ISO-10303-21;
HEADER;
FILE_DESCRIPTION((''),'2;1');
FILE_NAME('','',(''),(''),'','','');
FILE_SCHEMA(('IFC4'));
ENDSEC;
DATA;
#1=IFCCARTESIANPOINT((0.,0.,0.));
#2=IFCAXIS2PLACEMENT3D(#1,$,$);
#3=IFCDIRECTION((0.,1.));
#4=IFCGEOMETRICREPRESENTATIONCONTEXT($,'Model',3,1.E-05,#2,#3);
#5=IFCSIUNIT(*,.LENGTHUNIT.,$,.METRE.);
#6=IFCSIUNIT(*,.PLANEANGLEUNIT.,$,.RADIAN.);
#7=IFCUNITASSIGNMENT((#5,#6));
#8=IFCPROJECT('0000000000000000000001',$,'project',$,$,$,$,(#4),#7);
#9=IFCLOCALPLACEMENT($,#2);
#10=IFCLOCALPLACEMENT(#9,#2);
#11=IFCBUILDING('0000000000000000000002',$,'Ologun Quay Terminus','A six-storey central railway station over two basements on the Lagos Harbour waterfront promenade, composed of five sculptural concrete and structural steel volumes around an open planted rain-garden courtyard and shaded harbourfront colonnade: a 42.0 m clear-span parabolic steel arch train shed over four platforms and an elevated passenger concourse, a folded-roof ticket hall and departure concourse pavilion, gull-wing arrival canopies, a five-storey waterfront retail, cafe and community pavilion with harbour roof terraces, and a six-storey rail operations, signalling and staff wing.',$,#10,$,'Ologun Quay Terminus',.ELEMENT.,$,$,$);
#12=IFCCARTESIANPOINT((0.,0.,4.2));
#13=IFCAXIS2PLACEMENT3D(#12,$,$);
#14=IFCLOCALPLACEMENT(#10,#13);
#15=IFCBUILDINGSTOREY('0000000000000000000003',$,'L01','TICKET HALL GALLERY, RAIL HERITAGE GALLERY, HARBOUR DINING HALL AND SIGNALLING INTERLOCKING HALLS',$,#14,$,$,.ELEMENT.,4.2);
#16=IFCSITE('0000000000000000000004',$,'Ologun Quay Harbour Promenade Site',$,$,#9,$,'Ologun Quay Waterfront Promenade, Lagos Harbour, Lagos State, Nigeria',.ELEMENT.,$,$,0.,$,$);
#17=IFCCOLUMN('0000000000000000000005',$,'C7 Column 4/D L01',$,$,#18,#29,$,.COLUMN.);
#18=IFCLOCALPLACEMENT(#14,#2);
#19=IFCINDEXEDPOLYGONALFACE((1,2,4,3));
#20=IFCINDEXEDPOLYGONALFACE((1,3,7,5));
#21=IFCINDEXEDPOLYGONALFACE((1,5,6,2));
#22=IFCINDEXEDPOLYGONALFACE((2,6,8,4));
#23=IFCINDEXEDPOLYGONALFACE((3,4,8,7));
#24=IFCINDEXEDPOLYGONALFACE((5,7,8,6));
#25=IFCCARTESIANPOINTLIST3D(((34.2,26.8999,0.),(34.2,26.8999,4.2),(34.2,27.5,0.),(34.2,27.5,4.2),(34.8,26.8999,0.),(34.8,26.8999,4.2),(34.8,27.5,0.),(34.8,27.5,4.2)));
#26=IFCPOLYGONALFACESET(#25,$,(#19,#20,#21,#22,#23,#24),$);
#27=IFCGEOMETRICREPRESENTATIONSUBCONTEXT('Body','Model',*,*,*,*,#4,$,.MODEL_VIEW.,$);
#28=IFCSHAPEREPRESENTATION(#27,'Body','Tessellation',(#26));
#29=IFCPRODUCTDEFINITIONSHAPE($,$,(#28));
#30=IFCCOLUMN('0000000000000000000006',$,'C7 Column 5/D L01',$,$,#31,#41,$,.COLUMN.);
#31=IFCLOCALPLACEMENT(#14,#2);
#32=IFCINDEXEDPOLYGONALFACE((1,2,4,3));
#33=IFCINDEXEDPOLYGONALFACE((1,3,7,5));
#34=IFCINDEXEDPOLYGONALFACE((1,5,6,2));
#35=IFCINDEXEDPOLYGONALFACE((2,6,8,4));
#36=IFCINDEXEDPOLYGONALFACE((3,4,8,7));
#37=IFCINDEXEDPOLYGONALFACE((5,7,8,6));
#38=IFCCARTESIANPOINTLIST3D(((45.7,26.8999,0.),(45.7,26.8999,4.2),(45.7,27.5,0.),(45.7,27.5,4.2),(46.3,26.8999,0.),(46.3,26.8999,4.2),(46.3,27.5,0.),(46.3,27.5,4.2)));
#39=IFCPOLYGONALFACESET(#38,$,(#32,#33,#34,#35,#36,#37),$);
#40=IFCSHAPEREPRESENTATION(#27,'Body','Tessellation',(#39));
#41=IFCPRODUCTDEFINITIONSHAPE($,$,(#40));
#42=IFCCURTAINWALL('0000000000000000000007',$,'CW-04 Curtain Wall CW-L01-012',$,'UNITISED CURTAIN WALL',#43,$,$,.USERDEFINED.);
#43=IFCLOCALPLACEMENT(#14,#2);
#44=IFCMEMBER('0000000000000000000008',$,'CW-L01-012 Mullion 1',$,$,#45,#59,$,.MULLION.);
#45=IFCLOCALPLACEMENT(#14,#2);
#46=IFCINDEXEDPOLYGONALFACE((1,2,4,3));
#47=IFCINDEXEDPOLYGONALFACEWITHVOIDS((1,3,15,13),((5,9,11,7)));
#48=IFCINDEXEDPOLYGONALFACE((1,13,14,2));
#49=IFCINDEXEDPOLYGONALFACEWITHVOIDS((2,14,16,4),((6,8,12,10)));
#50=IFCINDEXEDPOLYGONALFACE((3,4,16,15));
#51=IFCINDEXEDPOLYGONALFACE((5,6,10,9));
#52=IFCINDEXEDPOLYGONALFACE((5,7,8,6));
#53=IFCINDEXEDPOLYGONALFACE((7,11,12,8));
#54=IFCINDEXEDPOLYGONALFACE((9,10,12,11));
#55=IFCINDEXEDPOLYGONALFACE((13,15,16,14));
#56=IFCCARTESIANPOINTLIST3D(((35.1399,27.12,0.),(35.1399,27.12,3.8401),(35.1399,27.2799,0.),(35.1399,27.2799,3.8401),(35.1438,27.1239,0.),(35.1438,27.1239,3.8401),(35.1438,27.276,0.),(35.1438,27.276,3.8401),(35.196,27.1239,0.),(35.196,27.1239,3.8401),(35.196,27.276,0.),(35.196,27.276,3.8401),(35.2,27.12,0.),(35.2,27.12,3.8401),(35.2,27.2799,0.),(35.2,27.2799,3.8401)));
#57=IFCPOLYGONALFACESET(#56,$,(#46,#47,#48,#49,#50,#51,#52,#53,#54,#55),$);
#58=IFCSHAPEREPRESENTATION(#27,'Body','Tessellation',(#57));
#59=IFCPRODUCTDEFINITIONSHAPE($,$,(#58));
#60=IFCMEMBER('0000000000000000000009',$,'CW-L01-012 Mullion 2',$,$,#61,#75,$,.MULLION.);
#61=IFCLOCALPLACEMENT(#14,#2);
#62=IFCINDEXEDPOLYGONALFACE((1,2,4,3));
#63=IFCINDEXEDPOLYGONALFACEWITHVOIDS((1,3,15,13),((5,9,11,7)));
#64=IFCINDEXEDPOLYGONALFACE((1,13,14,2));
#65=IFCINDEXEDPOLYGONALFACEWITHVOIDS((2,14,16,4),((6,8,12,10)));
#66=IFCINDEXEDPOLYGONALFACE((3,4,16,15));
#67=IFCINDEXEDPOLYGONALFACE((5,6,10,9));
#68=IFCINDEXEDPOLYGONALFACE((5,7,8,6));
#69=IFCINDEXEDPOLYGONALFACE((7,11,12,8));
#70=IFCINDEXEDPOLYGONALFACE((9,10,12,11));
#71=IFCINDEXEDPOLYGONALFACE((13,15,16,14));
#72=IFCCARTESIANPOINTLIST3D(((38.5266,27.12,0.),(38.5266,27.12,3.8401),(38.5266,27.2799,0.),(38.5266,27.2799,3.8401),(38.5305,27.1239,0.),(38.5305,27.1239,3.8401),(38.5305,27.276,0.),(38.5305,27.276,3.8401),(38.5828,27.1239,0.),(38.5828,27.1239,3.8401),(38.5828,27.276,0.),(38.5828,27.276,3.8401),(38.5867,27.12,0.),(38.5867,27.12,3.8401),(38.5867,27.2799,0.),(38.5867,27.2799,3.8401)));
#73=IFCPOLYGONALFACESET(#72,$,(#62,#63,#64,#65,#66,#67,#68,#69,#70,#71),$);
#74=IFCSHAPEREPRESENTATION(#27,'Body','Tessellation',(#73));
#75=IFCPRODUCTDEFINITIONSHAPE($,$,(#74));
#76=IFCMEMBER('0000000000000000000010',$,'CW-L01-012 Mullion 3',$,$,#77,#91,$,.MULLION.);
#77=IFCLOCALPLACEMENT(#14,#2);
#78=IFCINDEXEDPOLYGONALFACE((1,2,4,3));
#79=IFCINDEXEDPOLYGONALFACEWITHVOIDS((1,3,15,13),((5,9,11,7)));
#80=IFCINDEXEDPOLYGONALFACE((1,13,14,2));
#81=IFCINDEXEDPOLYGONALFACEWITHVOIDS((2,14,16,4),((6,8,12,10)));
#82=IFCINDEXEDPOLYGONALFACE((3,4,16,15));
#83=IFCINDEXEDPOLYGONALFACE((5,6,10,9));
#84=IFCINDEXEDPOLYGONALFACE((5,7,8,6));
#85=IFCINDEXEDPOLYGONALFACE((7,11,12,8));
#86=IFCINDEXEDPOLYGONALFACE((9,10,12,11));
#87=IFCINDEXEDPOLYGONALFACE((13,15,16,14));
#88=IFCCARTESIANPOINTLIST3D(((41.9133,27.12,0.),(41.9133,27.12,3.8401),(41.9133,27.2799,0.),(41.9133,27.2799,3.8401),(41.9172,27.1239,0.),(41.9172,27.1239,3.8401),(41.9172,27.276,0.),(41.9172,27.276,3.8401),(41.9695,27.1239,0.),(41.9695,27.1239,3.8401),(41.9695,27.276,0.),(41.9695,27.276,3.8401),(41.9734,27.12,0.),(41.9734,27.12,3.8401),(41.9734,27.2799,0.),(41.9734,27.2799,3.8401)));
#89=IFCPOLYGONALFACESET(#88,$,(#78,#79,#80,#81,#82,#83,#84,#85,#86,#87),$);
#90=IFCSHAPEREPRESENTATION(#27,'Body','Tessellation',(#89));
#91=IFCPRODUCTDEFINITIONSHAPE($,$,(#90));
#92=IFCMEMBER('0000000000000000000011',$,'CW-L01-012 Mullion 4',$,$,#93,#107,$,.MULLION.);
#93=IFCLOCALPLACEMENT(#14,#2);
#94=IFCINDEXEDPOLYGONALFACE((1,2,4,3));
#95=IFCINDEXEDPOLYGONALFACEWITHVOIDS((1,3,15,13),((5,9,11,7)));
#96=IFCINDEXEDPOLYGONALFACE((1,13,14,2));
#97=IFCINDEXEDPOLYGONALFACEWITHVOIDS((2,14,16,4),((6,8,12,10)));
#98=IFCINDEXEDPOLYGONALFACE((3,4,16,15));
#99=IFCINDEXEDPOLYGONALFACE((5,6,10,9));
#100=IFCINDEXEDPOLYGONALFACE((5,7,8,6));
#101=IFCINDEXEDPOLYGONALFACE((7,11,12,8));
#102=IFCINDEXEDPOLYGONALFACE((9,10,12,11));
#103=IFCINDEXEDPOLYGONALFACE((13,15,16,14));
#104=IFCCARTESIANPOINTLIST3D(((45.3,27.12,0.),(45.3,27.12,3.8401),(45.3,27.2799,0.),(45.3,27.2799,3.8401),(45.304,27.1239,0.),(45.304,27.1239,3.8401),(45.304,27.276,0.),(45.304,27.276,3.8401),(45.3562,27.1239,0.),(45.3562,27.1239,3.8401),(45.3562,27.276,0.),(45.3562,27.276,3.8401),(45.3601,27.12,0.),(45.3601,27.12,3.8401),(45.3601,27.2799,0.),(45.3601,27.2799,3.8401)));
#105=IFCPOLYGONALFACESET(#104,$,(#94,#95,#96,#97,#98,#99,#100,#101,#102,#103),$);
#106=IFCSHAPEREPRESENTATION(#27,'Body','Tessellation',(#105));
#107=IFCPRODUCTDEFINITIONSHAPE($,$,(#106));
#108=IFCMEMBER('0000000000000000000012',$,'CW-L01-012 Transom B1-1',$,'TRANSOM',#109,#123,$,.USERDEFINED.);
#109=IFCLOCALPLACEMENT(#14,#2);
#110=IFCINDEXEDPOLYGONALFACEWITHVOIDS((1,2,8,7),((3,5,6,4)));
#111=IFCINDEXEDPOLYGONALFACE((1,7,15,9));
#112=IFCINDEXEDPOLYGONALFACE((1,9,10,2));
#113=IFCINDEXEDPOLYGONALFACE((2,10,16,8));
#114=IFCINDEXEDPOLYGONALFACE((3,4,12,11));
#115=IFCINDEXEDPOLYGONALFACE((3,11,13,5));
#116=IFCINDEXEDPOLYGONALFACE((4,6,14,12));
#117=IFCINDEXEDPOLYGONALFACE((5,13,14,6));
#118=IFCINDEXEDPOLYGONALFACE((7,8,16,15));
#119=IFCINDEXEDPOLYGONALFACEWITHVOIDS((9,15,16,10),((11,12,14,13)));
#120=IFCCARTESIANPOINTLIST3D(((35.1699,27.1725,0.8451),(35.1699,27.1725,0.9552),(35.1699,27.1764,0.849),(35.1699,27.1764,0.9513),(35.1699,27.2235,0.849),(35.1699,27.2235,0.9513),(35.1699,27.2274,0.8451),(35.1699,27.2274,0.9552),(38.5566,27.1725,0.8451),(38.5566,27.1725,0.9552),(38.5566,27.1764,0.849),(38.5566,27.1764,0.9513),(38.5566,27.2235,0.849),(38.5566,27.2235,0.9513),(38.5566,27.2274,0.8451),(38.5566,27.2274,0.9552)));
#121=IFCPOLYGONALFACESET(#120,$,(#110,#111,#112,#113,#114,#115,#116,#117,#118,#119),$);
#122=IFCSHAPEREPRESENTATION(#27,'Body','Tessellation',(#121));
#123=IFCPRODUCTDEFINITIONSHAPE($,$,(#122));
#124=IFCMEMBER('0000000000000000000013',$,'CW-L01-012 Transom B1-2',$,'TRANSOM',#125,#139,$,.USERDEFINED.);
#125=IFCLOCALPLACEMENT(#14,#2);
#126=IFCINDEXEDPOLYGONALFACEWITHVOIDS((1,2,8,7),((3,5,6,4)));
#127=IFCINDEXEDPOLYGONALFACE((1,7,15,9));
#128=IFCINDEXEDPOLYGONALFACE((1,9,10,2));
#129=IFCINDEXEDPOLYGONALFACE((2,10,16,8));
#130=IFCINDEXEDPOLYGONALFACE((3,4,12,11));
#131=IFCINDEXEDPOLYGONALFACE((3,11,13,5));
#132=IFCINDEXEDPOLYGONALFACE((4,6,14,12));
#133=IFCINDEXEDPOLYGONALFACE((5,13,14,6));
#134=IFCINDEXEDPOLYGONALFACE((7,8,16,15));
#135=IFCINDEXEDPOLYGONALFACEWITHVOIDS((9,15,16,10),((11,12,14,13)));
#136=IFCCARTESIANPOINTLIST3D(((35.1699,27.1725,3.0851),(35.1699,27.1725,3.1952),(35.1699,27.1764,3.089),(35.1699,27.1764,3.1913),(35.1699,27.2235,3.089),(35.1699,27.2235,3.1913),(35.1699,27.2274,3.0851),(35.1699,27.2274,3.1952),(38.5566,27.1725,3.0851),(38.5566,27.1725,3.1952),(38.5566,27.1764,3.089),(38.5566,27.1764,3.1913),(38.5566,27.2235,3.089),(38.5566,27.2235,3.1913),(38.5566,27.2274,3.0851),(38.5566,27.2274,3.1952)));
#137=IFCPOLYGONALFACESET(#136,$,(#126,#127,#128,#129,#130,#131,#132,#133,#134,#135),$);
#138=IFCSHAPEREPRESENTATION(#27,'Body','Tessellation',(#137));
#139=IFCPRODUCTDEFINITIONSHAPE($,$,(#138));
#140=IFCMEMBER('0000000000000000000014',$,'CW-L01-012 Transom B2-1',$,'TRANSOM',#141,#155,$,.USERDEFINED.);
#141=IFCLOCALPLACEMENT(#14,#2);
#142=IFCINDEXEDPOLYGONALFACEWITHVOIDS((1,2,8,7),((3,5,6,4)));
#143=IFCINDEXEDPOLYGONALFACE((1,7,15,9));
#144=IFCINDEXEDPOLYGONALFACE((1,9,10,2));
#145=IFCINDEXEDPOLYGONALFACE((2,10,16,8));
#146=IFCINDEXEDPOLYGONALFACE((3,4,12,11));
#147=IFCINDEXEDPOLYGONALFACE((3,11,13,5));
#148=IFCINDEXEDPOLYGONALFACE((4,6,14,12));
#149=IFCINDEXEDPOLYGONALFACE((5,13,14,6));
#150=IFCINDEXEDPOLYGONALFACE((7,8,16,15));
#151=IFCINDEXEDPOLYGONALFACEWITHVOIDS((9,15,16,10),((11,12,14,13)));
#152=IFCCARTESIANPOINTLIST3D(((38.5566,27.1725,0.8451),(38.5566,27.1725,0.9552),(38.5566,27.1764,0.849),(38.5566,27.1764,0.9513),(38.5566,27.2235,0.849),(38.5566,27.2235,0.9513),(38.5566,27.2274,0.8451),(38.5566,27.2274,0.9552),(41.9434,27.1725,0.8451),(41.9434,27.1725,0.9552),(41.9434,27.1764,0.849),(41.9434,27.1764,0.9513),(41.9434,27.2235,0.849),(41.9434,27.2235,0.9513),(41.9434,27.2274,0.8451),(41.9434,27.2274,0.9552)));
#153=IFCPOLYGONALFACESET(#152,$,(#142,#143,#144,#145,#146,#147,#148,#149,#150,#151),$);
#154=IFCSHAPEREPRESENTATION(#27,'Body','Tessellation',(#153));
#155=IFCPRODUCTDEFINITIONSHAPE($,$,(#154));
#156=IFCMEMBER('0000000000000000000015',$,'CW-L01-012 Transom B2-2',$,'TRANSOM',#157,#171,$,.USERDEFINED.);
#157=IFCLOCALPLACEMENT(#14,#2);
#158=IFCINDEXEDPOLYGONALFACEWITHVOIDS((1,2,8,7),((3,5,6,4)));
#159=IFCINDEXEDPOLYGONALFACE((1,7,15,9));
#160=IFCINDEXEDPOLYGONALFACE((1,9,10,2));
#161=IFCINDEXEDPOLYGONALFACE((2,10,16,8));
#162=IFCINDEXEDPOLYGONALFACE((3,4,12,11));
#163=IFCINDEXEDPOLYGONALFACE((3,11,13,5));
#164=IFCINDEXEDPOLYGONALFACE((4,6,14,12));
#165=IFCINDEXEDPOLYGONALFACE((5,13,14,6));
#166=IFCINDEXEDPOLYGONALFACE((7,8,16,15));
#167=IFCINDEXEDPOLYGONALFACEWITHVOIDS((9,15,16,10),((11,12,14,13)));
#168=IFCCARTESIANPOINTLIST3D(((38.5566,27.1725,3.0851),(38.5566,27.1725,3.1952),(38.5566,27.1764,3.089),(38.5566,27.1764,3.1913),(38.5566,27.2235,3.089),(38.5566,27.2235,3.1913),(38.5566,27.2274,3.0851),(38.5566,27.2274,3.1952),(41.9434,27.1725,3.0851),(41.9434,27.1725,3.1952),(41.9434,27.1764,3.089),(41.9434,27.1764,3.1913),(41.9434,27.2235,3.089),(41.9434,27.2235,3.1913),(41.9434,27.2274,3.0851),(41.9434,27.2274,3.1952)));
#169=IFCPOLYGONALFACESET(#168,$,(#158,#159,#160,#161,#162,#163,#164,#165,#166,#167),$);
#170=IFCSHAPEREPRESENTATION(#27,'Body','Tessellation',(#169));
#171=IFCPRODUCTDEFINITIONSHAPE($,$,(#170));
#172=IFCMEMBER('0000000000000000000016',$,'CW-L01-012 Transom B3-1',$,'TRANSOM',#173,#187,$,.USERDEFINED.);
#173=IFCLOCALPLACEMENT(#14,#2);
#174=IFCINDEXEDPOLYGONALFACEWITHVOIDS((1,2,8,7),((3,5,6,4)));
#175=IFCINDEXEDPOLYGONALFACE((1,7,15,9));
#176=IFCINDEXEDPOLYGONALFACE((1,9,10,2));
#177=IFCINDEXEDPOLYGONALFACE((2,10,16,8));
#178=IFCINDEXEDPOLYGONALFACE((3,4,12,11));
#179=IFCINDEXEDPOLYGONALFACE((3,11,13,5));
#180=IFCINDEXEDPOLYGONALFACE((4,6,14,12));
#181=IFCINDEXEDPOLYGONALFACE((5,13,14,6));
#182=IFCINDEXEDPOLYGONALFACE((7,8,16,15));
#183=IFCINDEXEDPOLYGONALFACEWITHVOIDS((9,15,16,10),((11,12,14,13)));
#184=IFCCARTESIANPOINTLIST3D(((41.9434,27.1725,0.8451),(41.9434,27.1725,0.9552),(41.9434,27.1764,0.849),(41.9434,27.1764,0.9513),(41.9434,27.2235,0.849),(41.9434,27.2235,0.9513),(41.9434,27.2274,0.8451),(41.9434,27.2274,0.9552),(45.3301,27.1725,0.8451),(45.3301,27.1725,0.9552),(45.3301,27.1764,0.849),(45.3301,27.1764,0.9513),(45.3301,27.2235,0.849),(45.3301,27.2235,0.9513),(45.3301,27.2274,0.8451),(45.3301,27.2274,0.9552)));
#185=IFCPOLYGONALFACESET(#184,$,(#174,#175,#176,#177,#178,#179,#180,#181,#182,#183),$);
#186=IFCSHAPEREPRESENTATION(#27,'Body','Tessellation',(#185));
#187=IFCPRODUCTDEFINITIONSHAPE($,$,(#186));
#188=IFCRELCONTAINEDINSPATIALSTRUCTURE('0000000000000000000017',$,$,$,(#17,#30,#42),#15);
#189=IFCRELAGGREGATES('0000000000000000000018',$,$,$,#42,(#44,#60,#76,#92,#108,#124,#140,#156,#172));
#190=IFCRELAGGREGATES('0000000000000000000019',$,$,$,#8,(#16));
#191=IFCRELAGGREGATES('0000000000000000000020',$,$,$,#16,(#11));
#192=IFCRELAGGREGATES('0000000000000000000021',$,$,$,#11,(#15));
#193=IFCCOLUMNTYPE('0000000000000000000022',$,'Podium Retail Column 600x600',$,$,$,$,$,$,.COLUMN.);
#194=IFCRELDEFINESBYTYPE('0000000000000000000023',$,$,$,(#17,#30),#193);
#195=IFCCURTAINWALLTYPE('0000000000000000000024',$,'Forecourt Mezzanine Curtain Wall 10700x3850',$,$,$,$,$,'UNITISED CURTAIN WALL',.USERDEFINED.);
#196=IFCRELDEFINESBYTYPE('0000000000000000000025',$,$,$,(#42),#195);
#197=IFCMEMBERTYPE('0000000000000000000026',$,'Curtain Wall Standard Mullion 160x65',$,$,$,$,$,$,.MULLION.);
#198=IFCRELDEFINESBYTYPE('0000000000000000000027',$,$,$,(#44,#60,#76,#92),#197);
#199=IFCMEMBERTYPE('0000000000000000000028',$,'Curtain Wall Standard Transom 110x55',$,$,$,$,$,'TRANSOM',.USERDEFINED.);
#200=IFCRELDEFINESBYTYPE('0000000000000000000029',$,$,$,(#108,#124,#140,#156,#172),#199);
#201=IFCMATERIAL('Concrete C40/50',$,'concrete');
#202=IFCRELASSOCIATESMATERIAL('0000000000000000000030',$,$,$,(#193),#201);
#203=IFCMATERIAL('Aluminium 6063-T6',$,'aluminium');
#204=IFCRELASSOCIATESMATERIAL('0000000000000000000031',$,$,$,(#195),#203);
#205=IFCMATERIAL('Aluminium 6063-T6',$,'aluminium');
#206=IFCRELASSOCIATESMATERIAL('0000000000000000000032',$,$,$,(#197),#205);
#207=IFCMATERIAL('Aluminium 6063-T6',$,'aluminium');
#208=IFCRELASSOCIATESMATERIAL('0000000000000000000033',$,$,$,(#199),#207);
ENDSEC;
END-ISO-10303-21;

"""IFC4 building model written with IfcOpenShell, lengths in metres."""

from ifc_helpers import new_model, si_unit, direction, frame, origin, origin_2d, place, context, subcontext, project, spatial, rectangle, hollow_rectangle, extrude, material, material_profile, profile_set, type_object, element, aggregate, save


model = new_model("IFC4")

# Units and contexts
model_context = context("Model", 3, precision=1e-05, world=origin(), true_north=direction((0.0, 1.0)))
body_context = subcontext(model_context, "Body", "Model", "MODEL_VIEW")
ifc_project = project(units=[si_unit("LENGTHUNIT", "METRE"), si_unit("PLANEANGLEUNIT", "RADIAN")], contexts=[model_context])

# Site, building, storey
site_placement = place(None, origin())
site = spatial("IfcSite", under=ifc_project, at=site_placement, Name="Ologun Quay Harbour Promenade Site", LongName="Ologun Quay Waterfront Promenade, Lagos Harbour, Lagos State, Nigeria", CompositionType="ELEMENT", RefElevation=0.0)
building_placement = place(site_placement, origin())
building = spatial("IfcBuilding", under=site, at=building_placement, Name="Ologun Quay Terminus", Description="A six-storey central railway station over two basements on the Lagos Harbour waterfront promenade, composed of five sculptural concrete and structural steel volumes around an open planted rain-garden courtyard and shaded harbourfront colonnade: a 42.0 m clear-span parabolic steel arch train shed over four platforms and an elevated passenger concourse, a folded-roof ticket hall and departure concourse pavilion, gull-wing arrival canopies, a five-storey waterfront retail, cafe and community pavilion with harbour roof terraces, and a six-storey rail operations, signalling and staff wing.", LongName="Ologun Quay Terminus", CompositionType="ELEMENT")
storey_placement = place(building_placement, frame((0.0, 0.0, 4.2)))
storey = spatial("IfcBuildingStorey", under=building, at=storey_placement, Name="L01", Description="TICKET HALL GALLERY, RAIL HERITAGE GALLERY, HARBOUR DINING HALL AND SIGNALLING INTERLOCKING HALLS", CompositionType="ELEMENT", Elevation=4.2)

# Columns
ifc_material_1 = material(Name="Concrete C40/50", Category="concrete")
ifc_material_profile_1 = material_profile(ifc_material_1, rectangle(XDim=0.6001, YDim=0.6001, at=origin_2d()), Name="RC 600x600")
ifc_profile_set_1 = profile_set([ifc_material_profile_1], Name="Concrete C40/50")
column_type = type_object("IfcColumnType", Name="Podium Retail Column 600x600", PredefinedType="COLUMN", material=ifc_profile_set_1)
for number, where, z_axis, x_axis, name in (
    (1, (34.5, 27.2, 0.0), (0.0, 0.0, 1.0), (1.0, 0.0, 0.0), "C7 Column 4/D L01"),
    (2, (46.0, 27.2, 0.0), (0.0, 0.0, 1.0), (1.0, 0.0, 0.0), "C7 Column 5/D L01"),
):
    element("IfcColumn", number, at=place(storey_placement, frame(where, z_axis=z_axis, x_axis=x_axis)), inside=storey, type_object=column_type, Name=name, PredefinedType="COLUMN", context=body_context, shape_type="SweptSolid", body=[
        extrude(rectangle(XDim=0.6001, YDim=0.6001, at=origin_2d()), origin(), (0.0, 0.0, 1.0), 4.2),
    ])

# Curtain wall, members
ifc_material_2 = material(Name="Aluminium 6063-T6", Category="aluminium")
curtain_wall_type = type_object("IfcCurtainWallType", Name="Forecourt Mezzanine Curtain Wall 10700x3850", ElementType="UNITISED CURTAIN WALL", PredefinedType="USERDEFINED", material=ifc_material_2)
curtain_wall_placement = place(storey_placement, origin())
curtain_wall = element("IfcCurtainWall", 3, at=curtain_wall_placement, inside=storey, type_object=curtain_wall_type, Name="CW-04 Curtain Wall CW-L01-012", ObjectType="UNITISED CURTAIN WALL", PredefinedType="USERDEFINED")
ifc_material_3 = material(Name="Aluminium 6063-T6", Category="aluminium")
ifc_material_profile_2 = material_profile(ifc_material_3, hollow_rectangle(XDim=0.0601, YDim=0.1599, WallThickness=0.0039, at=origin_2d()), Name="ALU 160x60x4")
ifc_profile_set_2 = profile_set([ifc_material_profile_2], Name="Aluminium 6063-T6")
member_type_1 = type_object("IfcMemberType", Name="Curtain Wall Standard Mullion 160x65", PredefinedType="MULLION", material=ifc_profile_set_2)
member_1_placement = place(storey_placement, frame((35.1699, 27.2, 0.0), z_axis=(0.0, 0.0, 1.0), x_axis=(1.0, 0.0, 0.0)))
member_1 = element("IfcMember", 4, at=member_1_placement, type_object=member_type_1, Name="CW-L01-012 Mullion 1", PredefinedType="MULLION", context=body_context, shape_type="SweptSolid", body=[
    extrude(hollow_rectangle(XDim=0.0601, YDim=0.1599, WallThickness=0.0039, at=origin_2d()), origin(), (0.0, 0.0, 1.0), 3.8401),
])
member_2_placement = place(storey_placement, frame((38.5566, 27.2, 0.0), z_axis=(0.0, 0.0, 1.0), x_axis=(1.0, 0.0, 0.0)))
member_2 = element("IfcMember", 5, at=member_2_placement, type_object=member_type_1, Name="CW-L01-012 Mullion 2", PredefinedType="MULLION", context=body_context, shape_type="SweptSolid", body=[
    extrude(hollow_rectangle(XDim=0.0601, YDim=0.1599, WallThickness=0.0039, at=origin_2d()), origin(), (0.0, 0.0, 1.0), 3.8401),
])
member_3_placement = place(storey_placement, frame((41.9434, 27.2, 0.0), z_axis=(0.0, 0.0, 1.0), x_axis=(1.0, 0.0, 0.0)))
member_3 = element("IfcMember", 6, at=member_3_placement, type_object=member_type_1, Name="CW-L01-012 Mullion 3", PredefinedType="MULLION", context=body_context, shape_type="SweptSolid", body=[
    extrude(hollow_rectangle(XDim=0.0601, YDim=0.1599, WallThickness=0.0039, at=origin_2d()), origin(), (0.0, 0.0, 1.0), 3.8401),
])
member_4_placement = place(storey_placement, frame((45.3301, 27.2, 0.0), z_axis=(0.0, 0.0, 1.0), x_axis=(1.0, 0.0, 0.0)))
member_4 = element("IfcMember", 7, at=member_4_placement, type_object=member_type_1, Name="CW-L01-012 Mullion 4", PredefinedType="MULLION", context=body_context, shape_type="SweptSolid", body=[
    extrude(hollow_rectangle(XDim=0.0601, YDim=0.1599, WallThickness=0.0039, at=origin_2d()), origin(), (0.0, 0.0, 1.0), 3.8401),
])
ifc_material_4 = material(Name="Aluminium 6063-T6", Category="aluminium")
ifc_material_profile_3 = material_profile(ifc_material_4, hollow_rectangle(XDim=0.0549, YDim=0.1101, WallThickness=0.0039, at=origin_2d()), Name="ALU 110x55x4")
ifc_profile_set_3 = profile_set([ifc_material_profile_3], Name="Aluminium 6063-T6")
member_type_2 = type_object("IfcMemberType", Name="Curtain Wall Standard Transom 110x55", ElementType="TRANSOM", PredefinedType="USERDEFINED", material=ifc_profile_set_3)
member_5_placement = place(storey_placement, frame((35.1699, 27.2, 0.9001), z_axis=(1.0, 0.0, 0.0), x_axis=(0.0, 1.0, 0.0)))
member_5 = element("IfcMember", 8, at=member_5_placement, type_object=member_type_2, Name="CW-L01-012 Transom B1-1", ObjectType="TRANSOM", PredefinedType="USERDEFINED", context=body_context, shape_type="SweptSolid", body=[
    extrude(hollow_rectangle(XDim=0.0549, YDim=0.1101, WallThickness=0.0039, at=origin_2d()), origin(), (0.0, 0.0, 1.0), 3.3867),
])
member_6_placement = place(storey_placement, frame((35.1699, 27.2, 3.1401), z_axis=(1.0, 0.0, 0.0), x_axis=(0.0, 1.0, 0.0)))
member_6 = element("IfcMember", 9, at=member_6_placement, type_object=member_type_2, Name="CW-L01-012 Transom B1-2", ObjectType="TRANSOM", PredefinedType="USERDEFINED", context=body_context, shape_type="SweptSolid", body=[
    extrude(hollow_rectangle(XDim=0.0549, YDim=0.1101, WallThickness=0.0039, at=origin_2d()), origin(), (0.0, 0.0, 1.0), 3.3867),
])
member_7_placement = place(storey_placement, frame((38.5566, 27.2, 0.9001), z_axis=(1.0, 0.0, 0.0), x_axis=(0.0, 1.0, 0.0)))
member_7 = element("IfcMember", 10, at=member_7_placement, type_object=member_type_2, Name="CW-L01-012 Transom B2-1", ObjectType="TRANSOM", PredefinedType="USERDEFINED", context=body_context, shape_type="SweptSolid", body=[
    extrude(hollow_rectangle(XDim=0.0549, YDim=0.1101, WallThickness=0.0039, at=origin_2d()), origin(), (0.0, 0.0, 1.0), 3.3867),
])
member_8_placement = place(storey_placement, frame((38.5566, 27.2, 3.1401), z_axis=(1.0, 0.0, 0.0), x_axis=(0.0, 1.0, 0.0)))
member_8 = element("IfcMember", 11, at=member_8_placement, type_object=member_type_2, Name="CW-L01-012 Transom B2-2", ObjectType="TRANSOM", PredefinedType="USERDEFINED", context=body_context, shape_type="SweptSolid", body=[
    extrude(hollow_rectangle(XDim=0.0549, YDim=0.1101, WallThickness=0.0039, at=origin_2d()), origin(), (0.0, 0.0, 1.0), 3.3867),
])
member_9_placement = place(storey_placement, frame((41.9434, 27.2, 0.9001), z_axis=(1.0, 0.0, 0.0), x_axis=(0.0, 1.0, 0.0)))
member_9 = element("IfcMember", 12, at=member_9_placement, type_object=member_type_2, Name="CW-L01-012 Transom B3-1", ObjectType="TRANSOM", PredefinedType="USERDEFINED", context=body_context, shape_type="SweptSolid", body=[
    extrude(hollow_rectangle(XDim=0.0549, YDim=0.1101, WallThickness=0.0039, at=origin_2d()), origin(), (0.0, 0.0, 1.0), 3.3867),
])

aggregate(curtain_wall, [member_1, member_2, member_3, member_4, member_5, member_6, member_7, member_8, member_9])

save(model, "model.ifc")
